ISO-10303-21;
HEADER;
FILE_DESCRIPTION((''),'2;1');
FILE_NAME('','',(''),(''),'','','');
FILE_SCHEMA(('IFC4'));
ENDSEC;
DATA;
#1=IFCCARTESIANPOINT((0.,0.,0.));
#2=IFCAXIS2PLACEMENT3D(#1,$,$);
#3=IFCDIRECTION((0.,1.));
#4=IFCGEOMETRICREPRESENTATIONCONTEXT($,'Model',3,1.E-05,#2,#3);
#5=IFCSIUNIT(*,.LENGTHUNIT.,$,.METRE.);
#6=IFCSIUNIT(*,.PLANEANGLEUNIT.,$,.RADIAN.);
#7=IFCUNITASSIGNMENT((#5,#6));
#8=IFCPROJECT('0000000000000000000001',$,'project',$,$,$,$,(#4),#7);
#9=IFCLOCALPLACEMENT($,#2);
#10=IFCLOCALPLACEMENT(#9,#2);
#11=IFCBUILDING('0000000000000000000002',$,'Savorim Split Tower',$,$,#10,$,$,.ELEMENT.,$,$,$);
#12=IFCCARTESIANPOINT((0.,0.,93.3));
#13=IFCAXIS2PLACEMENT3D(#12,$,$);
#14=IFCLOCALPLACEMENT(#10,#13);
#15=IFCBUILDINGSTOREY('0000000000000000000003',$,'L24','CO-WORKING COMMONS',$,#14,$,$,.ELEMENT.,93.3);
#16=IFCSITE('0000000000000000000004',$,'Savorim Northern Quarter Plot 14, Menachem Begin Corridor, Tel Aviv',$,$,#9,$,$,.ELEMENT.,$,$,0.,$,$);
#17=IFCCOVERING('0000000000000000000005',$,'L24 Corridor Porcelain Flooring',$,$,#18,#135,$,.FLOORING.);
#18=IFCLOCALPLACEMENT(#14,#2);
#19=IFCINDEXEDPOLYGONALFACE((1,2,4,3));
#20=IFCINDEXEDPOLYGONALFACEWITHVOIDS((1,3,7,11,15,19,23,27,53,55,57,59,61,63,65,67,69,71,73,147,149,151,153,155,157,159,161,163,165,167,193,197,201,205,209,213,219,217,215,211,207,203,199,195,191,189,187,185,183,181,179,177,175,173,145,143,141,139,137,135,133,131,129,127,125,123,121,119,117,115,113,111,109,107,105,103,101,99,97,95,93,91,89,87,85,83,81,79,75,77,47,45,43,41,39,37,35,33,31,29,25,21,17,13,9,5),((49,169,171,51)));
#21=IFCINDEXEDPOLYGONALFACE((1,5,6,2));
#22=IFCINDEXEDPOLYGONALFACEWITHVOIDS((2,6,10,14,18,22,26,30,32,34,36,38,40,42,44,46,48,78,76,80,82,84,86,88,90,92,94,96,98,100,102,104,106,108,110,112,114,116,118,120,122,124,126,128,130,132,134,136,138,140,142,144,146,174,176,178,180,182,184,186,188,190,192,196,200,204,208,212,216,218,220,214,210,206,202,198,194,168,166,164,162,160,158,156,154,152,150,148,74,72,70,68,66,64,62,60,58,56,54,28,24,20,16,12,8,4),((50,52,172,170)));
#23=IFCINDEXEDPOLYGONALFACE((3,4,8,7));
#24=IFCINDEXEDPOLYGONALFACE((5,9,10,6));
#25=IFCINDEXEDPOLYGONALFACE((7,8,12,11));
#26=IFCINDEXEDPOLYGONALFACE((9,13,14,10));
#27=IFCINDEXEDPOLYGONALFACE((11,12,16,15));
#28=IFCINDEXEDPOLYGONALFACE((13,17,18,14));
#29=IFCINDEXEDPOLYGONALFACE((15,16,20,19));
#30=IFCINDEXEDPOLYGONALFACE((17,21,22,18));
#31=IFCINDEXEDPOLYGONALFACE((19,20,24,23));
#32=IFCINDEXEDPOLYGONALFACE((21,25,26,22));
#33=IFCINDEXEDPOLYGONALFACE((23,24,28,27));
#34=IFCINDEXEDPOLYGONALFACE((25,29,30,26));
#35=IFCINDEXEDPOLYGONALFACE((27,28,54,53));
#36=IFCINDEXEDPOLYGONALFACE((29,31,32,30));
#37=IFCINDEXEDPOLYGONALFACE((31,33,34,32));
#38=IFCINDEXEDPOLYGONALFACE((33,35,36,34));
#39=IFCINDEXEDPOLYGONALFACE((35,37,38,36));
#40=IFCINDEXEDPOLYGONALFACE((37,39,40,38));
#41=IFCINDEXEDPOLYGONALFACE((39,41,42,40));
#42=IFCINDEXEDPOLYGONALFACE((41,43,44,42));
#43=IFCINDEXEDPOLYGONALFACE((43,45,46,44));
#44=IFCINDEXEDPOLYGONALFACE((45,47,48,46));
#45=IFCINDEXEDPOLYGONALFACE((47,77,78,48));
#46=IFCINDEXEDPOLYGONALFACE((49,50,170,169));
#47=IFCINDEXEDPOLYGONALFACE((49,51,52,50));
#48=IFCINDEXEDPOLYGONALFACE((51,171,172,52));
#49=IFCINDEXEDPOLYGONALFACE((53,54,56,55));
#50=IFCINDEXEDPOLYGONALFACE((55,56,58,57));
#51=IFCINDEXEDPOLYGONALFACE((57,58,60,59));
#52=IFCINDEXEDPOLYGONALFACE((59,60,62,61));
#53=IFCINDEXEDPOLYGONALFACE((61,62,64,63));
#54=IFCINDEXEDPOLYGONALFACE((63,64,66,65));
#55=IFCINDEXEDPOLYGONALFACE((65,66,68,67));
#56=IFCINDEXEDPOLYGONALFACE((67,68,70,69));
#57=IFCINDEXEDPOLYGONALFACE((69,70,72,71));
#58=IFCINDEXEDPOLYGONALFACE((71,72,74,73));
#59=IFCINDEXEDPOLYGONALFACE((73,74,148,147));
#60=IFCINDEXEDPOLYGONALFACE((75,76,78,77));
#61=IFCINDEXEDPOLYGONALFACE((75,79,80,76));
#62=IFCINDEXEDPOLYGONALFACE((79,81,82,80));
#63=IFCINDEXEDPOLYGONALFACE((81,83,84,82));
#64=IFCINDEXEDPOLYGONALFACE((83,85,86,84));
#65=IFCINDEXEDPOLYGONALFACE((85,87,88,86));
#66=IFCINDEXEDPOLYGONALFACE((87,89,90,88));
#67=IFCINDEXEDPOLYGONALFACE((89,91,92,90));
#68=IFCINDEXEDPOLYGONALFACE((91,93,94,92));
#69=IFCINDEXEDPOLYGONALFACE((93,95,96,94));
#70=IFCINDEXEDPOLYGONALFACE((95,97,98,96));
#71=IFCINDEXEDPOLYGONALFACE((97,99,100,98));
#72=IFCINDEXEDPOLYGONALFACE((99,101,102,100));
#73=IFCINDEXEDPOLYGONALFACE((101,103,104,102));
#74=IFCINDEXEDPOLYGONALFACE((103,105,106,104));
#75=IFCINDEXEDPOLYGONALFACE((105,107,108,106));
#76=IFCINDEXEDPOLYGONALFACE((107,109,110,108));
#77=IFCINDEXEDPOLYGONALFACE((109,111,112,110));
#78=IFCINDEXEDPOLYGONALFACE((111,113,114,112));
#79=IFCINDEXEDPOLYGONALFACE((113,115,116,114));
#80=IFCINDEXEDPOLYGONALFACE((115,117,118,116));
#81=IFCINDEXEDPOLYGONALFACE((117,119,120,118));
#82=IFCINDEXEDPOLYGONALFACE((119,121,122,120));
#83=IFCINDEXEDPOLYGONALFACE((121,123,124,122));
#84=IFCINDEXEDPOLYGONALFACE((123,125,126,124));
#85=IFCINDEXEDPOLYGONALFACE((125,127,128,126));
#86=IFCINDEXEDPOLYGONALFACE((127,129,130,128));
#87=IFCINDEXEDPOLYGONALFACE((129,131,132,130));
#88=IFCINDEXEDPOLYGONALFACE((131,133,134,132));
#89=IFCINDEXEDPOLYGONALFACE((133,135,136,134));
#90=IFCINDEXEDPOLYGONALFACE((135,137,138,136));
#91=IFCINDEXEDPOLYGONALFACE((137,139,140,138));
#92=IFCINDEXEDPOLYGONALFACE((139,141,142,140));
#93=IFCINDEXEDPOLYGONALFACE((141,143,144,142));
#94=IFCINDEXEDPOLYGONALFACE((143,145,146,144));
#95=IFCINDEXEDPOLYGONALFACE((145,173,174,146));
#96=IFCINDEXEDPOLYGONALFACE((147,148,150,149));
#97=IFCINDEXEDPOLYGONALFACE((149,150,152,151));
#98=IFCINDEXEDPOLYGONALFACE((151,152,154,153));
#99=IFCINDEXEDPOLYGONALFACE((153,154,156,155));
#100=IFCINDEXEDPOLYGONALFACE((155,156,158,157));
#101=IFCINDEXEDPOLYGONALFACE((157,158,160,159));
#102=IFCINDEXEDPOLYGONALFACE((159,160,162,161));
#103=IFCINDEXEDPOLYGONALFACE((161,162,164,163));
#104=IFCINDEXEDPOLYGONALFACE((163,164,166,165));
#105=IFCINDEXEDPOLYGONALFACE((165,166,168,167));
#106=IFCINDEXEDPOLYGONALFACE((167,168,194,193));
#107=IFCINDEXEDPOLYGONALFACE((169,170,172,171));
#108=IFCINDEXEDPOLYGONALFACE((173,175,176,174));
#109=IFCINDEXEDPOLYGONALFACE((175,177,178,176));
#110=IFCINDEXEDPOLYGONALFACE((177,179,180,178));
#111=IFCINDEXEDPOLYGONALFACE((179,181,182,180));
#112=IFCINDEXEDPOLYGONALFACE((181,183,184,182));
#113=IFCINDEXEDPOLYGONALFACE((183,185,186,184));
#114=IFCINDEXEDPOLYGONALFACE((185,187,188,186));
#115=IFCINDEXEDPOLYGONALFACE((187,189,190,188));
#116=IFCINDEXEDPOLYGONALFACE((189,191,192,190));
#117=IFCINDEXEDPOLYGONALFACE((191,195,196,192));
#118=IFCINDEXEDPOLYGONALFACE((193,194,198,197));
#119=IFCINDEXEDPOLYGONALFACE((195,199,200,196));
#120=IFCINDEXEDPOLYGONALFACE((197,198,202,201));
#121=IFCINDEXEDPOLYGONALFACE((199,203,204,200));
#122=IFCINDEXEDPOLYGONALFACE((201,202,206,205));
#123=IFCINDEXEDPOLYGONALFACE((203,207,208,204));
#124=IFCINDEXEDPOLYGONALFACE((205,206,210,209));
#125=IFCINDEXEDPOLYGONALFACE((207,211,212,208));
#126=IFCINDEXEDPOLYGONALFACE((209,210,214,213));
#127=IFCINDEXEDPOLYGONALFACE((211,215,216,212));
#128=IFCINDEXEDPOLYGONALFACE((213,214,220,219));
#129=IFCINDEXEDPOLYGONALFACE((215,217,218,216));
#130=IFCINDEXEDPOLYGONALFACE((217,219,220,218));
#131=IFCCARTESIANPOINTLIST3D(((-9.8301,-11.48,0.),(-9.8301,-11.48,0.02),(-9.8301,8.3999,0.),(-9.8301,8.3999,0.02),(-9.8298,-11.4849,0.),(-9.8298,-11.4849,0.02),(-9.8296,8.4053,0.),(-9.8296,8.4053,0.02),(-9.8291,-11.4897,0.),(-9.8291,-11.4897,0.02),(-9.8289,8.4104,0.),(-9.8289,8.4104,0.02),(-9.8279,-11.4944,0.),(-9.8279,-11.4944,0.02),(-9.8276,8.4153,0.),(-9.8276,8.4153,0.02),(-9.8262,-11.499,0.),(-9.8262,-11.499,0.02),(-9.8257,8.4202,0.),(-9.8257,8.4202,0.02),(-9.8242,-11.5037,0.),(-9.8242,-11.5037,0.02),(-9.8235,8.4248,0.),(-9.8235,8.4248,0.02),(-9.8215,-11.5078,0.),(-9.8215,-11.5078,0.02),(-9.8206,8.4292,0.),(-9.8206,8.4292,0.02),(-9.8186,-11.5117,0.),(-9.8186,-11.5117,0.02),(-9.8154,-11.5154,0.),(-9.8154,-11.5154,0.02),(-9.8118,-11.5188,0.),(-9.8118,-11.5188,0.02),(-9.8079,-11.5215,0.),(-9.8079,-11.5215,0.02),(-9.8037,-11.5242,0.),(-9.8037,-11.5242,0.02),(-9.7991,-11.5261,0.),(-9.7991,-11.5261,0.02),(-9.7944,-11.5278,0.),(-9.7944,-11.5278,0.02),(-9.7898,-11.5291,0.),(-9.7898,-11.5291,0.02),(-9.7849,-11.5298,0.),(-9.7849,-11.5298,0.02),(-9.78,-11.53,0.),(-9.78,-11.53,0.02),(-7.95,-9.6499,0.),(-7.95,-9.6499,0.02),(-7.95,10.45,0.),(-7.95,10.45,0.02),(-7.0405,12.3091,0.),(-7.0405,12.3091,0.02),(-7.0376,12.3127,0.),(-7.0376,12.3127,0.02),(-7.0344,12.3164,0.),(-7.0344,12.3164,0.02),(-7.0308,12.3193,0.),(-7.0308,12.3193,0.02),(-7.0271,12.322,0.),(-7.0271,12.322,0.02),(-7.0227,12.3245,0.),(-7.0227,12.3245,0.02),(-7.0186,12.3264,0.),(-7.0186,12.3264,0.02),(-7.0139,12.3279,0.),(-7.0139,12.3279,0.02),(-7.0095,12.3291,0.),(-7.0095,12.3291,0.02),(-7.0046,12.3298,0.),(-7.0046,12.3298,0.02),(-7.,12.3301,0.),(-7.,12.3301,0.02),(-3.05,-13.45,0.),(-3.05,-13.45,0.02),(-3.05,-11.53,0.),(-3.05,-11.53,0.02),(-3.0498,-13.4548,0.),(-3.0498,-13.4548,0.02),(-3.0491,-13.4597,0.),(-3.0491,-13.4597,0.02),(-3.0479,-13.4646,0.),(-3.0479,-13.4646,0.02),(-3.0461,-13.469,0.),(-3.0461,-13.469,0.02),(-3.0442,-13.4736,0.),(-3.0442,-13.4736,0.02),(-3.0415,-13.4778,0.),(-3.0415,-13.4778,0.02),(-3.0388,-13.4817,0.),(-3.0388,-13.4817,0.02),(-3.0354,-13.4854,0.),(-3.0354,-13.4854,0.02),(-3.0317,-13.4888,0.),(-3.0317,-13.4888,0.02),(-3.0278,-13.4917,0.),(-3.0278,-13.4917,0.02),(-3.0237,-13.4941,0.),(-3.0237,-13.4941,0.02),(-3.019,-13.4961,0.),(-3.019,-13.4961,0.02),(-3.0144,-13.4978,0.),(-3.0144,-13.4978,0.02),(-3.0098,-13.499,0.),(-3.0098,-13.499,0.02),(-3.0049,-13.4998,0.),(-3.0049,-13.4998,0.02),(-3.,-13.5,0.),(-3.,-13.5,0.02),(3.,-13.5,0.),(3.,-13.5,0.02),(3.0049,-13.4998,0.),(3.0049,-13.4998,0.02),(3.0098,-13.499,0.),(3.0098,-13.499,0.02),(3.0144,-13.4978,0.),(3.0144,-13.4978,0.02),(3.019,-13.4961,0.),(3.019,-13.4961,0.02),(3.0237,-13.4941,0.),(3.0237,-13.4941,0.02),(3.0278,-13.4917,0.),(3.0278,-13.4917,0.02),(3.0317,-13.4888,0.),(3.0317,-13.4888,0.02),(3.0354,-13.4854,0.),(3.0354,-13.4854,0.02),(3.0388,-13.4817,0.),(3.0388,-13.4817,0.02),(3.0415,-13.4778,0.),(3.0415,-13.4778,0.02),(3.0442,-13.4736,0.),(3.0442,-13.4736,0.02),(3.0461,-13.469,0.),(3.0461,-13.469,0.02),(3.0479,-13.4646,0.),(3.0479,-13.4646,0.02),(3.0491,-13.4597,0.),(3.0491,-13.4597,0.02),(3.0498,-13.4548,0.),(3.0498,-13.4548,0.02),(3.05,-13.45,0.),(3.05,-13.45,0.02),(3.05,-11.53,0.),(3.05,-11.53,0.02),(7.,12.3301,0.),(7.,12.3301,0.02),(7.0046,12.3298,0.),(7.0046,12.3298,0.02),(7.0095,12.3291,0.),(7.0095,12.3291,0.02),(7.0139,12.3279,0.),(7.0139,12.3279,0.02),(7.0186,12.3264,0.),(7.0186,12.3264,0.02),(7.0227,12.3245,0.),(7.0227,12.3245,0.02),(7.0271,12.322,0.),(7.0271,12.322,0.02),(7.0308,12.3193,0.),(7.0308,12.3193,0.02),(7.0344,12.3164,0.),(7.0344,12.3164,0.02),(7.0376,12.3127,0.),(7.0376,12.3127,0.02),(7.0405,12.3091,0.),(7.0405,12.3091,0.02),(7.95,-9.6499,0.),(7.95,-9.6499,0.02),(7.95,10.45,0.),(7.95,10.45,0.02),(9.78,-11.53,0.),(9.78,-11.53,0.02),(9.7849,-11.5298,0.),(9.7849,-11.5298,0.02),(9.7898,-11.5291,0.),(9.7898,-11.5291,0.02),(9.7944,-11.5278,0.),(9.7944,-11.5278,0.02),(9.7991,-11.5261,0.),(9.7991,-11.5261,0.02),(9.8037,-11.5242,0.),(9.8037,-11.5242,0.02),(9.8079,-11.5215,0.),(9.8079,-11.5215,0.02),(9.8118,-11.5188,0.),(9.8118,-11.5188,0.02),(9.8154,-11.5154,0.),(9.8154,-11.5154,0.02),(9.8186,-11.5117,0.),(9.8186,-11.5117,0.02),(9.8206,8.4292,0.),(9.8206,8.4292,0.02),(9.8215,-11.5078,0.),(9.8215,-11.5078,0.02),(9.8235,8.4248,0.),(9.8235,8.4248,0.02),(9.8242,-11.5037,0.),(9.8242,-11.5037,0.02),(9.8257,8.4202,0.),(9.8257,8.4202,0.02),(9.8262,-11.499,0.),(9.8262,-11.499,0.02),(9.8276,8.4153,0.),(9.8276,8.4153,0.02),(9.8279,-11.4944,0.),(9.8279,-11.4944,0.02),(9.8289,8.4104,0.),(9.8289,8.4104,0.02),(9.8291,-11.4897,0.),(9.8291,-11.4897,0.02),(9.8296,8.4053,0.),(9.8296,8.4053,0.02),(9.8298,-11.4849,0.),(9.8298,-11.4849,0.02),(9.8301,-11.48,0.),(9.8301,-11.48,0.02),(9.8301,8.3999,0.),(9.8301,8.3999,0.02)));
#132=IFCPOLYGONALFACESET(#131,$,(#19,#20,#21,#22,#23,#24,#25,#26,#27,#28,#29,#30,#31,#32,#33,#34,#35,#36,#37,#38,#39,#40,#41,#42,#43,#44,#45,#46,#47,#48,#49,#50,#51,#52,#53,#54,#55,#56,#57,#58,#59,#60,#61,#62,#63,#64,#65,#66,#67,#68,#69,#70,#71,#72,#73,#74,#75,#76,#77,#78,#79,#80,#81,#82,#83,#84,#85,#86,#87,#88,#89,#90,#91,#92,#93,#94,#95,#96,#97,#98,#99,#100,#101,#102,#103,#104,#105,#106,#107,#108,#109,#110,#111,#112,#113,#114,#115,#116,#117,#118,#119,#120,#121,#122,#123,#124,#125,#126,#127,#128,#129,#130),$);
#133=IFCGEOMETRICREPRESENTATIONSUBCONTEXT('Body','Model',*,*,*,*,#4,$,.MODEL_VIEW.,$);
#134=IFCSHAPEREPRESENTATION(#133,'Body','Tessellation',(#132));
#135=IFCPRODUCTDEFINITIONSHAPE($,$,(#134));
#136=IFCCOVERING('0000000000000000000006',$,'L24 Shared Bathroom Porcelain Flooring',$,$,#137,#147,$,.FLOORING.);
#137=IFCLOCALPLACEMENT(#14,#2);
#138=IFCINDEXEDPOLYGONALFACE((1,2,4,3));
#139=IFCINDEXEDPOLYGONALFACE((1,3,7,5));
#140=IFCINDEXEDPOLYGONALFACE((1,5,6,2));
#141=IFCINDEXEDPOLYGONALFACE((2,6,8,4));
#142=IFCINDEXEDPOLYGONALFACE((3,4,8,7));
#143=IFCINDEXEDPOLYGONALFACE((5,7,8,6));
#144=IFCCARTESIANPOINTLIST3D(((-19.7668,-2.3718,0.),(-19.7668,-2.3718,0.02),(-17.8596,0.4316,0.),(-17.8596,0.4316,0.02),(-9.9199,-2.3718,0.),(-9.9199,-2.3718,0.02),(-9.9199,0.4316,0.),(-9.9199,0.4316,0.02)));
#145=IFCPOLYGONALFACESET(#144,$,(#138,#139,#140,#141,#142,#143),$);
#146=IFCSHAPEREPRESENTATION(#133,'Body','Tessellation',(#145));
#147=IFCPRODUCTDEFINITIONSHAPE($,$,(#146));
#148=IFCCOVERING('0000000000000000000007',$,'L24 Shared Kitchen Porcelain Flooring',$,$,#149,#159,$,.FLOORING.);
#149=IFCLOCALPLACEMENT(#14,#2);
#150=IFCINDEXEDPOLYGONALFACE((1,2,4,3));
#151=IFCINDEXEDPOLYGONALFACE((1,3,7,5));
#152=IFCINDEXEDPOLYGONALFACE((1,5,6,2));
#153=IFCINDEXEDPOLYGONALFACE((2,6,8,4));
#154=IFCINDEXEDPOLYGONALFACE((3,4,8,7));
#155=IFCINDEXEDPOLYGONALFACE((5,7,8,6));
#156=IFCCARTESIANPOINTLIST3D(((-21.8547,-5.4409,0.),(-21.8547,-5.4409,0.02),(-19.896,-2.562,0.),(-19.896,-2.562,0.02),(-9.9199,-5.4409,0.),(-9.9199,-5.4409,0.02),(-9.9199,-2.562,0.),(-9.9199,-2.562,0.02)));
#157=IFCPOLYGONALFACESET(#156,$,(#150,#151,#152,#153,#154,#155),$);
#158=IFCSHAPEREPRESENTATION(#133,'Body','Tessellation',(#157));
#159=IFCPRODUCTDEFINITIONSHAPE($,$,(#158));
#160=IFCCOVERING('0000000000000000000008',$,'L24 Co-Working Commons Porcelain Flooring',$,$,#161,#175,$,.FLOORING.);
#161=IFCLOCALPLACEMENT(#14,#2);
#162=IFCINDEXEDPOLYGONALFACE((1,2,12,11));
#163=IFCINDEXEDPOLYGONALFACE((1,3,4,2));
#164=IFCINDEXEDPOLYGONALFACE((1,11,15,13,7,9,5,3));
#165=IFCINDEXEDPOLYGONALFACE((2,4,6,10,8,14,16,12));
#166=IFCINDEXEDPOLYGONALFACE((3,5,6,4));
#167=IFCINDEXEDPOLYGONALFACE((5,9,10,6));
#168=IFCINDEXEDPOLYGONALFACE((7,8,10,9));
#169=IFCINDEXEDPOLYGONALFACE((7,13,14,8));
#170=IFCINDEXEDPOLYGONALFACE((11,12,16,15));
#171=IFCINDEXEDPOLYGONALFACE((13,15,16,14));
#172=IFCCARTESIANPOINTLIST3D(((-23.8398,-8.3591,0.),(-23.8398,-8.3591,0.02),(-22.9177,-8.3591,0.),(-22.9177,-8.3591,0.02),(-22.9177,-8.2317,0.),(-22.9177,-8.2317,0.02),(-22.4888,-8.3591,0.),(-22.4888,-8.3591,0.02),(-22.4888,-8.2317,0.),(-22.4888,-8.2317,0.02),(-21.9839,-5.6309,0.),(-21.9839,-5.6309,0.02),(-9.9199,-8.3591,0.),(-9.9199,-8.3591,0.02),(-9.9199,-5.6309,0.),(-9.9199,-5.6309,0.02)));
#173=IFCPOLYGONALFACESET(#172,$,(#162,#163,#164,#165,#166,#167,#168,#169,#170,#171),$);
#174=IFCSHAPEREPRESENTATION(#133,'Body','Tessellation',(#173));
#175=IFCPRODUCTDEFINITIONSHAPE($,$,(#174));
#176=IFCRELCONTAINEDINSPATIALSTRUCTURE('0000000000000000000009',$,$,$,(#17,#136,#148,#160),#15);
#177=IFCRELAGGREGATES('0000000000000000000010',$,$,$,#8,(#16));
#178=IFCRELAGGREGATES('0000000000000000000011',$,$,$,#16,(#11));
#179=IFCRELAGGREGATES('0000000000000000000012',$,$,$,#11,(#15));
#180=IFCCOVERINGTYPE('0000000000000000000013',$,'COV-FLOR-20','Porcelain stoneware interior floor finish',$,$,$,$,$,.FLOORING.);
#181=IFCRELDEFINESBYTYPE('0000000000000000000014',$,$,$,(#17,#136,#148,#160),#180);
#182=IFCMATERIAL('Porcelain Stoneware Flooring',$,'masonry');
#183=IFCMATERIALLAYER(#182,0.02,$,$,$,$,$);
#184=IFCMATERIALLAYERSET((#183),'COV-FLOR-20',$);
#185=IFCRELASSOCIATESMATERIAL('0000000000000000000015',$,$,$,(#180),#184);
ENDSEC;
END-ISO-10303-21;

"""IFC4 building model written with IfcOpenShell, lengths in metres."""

from ifc_helpers import new_model, si_unit, direction, frame, origin, place, context, subcontext, project, spatial, polyline, outline, extrude, material, layer, layer_set, type_object, element, save


model = new_model("IFC4")

# Units and contexts
model_context = context("Model", 3, precision=1e-05, world=origin(), true_north=direction((0.0, 1.0)))
body_context = subcontext(model_context, "Body", "Model", "MODEL_VIEW")
ifc_project = project(units=[si_unit("LENGTHUNIT", "METRE"), si_unit("PLANEANGLEUNIT", "RADIAN")], contexts=[model_context])

# Site, building, storey
site_placement = place(None, origin())
site = spatial("IfcSite", under=ifc_project, at=site_placement, Name="Savorim Northern Quarter Plot 14, Menachem Begin Corridor, Tel Aviv", CompositionType="ELEMENT", RefElevation=0.0)
building_placement = place(site_placement, origin())
building = spatial("IfcBuilding", under=site, at=building_placement, Name="Savorim Split Tower", CompositionType="ELEMENT")
storey_placement = place(building_placement, frame((0.0, 0.0, 93.3)))
storey = spatial("IfcBuildingStorey", under=building, at=storey_placement, Name="L24", Description="CO-WORKING COMMONS", CompositionType="ELEMENT", Elevation=93.3)

# Coverings
ifc_material_1 = material(Name="Porcelain Stoneware Flooring", Category="masonry")
ifc_layer_1 = layer(ifc_material_1, 0.02)
ifc_layer_set_1 = layer_set([ifc_layer_1], Name="COV-FLOR-20")
covering_type_1 = type_object("IfcCoveringType", Name="COV-FLOR-20", Description="Porcelain stoneware interior floor finish", PredefinedType="FLOORING", material=ifc_layer_set_1)
covering_1_placement = place(storey_placement, origin())
element("IfcCovering", 1, at=covering_1_placement, inside=storey, type_object=covering_type_1, Name="L24 Corridor Porcelain Flooring", PredefinedType="FLOORING", context=body_context, shape_type="SweptSolid", body=[
    extrude(outline(polyline([(7.0095, 12.3291), (7.0046, 12.3298), (7.0, 12.3301), (-7.0, 12.3301), (-7.0046, 12.3298), (-7.0095, 12.3291), (-7.0139, 12.3279), (-7.0186, 12.3264), (-7.0227, 12.3245), (-7.0271, 12.322), (-7.0308, 12.3193), (-7.0344, 12.3164), (-7.0376, 12.3127), (-7.0405, 12.3091), (-9.8206, 8.4292), (-9.8235, 8.4248), (-9.8257, 8.4202), (-9.8276, 8.4153), (-9.8289, 8.4104), (-9.8296, 8.4053), (-9.8301, 8.3999), (-9.8301, -11.48), (-9.8298, -11.4849), (-9.8291, -11.4897), (-9.8279, -11.4944), (-9.8262, -11.499), (-9.8242, -11.5037), (-9.8215, -11.5078), (-9.8186, -11.5117), (-9.8154, -11.5154), (-9.8118, -11.5188), (-9.8079, -11.5215), (-9.8037, -11.5242), (-9.7991, -11.5261), (-9.7944, -11.5278), (-9.7898, -11.5291), (-9.7849, -11.5298), (-9.78, -11.53), (-3.05, -11.53), (-3.05, -13.45), (-3.0498, -13.4548), (-3.0491, -13.4597), (-3.0479, -13.4646), (-3.0461, -13.469), (-3.0442, -13.4736), (-3.0415, -13.4778), (-3.0388, -13.4817), (-3.0354, -13.4854), (-3.0317, -13.4888), (-3.0278, -13.4917), (-3.0237, -13.4941), (-3.019, -13.4961), (-3.0144, -13.4978), (-3.0098, -13.499), (-3.0049, -13.4998), (-3.0, -13.5), (3.0, -13.5), (3.0049, -13.4998), (3.0098, -13.499), (3.0144, -13.4978), (3.019, -13.4961), (3.0237, -13.4941), (3.0278, -13.4917), (3.0317, -13.4888), (3.0354, -13.4854), (3.0388, -13.4817), (3.0415, -13.4778), (3.0442, -13.4736), (3.0461, -13.469), (3.0479, -13.4646), (3.0491, -13.4597), (3.0498, -13.4548), (3.05, -13.45), (3.05, -11.53), (9.78, -11.53), (9.7849, -11.5298), (9.7898, -11.5291), (9.7944, -11.5278), (9.7991, -11.5261), (9.8037, -11.5242), (9.8079, -11.5215), (9.8118, -11.5188), (9.8154, -11.5154), (9.8186, -11.5117), (9.8215, -11.5078), (9.8242, -11.5037), (9.8262, -11.499), (9.8279, -11.4944), (9.8291, -11.4897), (9.8298, -11.4849), (9.8301, -11.48), (9.8301, 8.3999), (9.8296, 8.4053), (9.8289, 8.4104), (9.8276, 8.4153), (9.8257, 8.4202), (9.8235, 8.4248), (9.8206, 8.4292), (7.0405, 12.3091), (7.0376, 12.3127), (7.0344, 12.3164), (7.0308, 12.3193), (7.0271, 12.322), (7.0227, 12.3245), (7.0186, 12.3264), (7.0139, 12.3279), (7.0095, 12.3291)]), holes=[polyline([(-7.95, 10.45), (-7.95, -9.6499), (7.95, -9.6499), (7.95, 10.45), (-7.95, 10.45)])]), origin(), (0.0, 0.0, 1.0), 0.02),
])
covering_2_placement = place(storey_placement, origin())
element("IfcCovering", 2, at=covering_2_placement, inside=storey, type_object=covering_type_1, Name="L24 Shared Bathroom Porcelain Flooring", PredefinedType="FLOORING", context=body_context, shape_type="SweptSolid", body=[
    extrude(outline(polyline([(-17.8596, 0.4316), (-19.7668, -2.3718), (-9.9199, -2.3718), (-9.9199, 0.4316), (-17.8596, 0.4316)])), origin(), (0.0, 0.0, 1.0), 0.02),
])
covering_3_placement = place(storey_placement, origin())
element("IfcCovering", 3, at=covering_3_placement, inside=storey, type_object=covering_type_1, Name="L24 Shared Kitchen Porcelain Flooring", PredefinedType="FLOORING", context=body_context, shape_type="SweptSolid", body=[
    extrude(outline(polyline([(-19.896, -2.562), (-21.8547, -5.4409), (-9.9199, -5.4409), (-9.9199, -2.562), (-19.896, -2.562)])), origin(), (0.0, 0.0, 1.0), 0.02),
])
covering_4_placement = place(storey_placement, origin())
element("IfcCovering", 4, at=covering_4_placement, inside=storey, type_object=covering_type_1, Name="L24 Co-Working Commons Porcelain Flooring", PredefinedType="FLOORING", context=body_context, shape_type="SweptSolid", body=[
    extrude(outline(polyline([(-22.4888, -8.2317), (-22.4888, -8.3591), (-9.9199, -8.3591), (-9.9199, -5.6309), (-21.9839, -5.6309), (-23.8398, -8.3591), (-22.9177, -8.3591), (-22.9177, -8.2317), (-22.4888, -8.2317)])), origin(), (0.0, 0.0, 1.0), 0.02),
])

save(model, "model.ifc")
